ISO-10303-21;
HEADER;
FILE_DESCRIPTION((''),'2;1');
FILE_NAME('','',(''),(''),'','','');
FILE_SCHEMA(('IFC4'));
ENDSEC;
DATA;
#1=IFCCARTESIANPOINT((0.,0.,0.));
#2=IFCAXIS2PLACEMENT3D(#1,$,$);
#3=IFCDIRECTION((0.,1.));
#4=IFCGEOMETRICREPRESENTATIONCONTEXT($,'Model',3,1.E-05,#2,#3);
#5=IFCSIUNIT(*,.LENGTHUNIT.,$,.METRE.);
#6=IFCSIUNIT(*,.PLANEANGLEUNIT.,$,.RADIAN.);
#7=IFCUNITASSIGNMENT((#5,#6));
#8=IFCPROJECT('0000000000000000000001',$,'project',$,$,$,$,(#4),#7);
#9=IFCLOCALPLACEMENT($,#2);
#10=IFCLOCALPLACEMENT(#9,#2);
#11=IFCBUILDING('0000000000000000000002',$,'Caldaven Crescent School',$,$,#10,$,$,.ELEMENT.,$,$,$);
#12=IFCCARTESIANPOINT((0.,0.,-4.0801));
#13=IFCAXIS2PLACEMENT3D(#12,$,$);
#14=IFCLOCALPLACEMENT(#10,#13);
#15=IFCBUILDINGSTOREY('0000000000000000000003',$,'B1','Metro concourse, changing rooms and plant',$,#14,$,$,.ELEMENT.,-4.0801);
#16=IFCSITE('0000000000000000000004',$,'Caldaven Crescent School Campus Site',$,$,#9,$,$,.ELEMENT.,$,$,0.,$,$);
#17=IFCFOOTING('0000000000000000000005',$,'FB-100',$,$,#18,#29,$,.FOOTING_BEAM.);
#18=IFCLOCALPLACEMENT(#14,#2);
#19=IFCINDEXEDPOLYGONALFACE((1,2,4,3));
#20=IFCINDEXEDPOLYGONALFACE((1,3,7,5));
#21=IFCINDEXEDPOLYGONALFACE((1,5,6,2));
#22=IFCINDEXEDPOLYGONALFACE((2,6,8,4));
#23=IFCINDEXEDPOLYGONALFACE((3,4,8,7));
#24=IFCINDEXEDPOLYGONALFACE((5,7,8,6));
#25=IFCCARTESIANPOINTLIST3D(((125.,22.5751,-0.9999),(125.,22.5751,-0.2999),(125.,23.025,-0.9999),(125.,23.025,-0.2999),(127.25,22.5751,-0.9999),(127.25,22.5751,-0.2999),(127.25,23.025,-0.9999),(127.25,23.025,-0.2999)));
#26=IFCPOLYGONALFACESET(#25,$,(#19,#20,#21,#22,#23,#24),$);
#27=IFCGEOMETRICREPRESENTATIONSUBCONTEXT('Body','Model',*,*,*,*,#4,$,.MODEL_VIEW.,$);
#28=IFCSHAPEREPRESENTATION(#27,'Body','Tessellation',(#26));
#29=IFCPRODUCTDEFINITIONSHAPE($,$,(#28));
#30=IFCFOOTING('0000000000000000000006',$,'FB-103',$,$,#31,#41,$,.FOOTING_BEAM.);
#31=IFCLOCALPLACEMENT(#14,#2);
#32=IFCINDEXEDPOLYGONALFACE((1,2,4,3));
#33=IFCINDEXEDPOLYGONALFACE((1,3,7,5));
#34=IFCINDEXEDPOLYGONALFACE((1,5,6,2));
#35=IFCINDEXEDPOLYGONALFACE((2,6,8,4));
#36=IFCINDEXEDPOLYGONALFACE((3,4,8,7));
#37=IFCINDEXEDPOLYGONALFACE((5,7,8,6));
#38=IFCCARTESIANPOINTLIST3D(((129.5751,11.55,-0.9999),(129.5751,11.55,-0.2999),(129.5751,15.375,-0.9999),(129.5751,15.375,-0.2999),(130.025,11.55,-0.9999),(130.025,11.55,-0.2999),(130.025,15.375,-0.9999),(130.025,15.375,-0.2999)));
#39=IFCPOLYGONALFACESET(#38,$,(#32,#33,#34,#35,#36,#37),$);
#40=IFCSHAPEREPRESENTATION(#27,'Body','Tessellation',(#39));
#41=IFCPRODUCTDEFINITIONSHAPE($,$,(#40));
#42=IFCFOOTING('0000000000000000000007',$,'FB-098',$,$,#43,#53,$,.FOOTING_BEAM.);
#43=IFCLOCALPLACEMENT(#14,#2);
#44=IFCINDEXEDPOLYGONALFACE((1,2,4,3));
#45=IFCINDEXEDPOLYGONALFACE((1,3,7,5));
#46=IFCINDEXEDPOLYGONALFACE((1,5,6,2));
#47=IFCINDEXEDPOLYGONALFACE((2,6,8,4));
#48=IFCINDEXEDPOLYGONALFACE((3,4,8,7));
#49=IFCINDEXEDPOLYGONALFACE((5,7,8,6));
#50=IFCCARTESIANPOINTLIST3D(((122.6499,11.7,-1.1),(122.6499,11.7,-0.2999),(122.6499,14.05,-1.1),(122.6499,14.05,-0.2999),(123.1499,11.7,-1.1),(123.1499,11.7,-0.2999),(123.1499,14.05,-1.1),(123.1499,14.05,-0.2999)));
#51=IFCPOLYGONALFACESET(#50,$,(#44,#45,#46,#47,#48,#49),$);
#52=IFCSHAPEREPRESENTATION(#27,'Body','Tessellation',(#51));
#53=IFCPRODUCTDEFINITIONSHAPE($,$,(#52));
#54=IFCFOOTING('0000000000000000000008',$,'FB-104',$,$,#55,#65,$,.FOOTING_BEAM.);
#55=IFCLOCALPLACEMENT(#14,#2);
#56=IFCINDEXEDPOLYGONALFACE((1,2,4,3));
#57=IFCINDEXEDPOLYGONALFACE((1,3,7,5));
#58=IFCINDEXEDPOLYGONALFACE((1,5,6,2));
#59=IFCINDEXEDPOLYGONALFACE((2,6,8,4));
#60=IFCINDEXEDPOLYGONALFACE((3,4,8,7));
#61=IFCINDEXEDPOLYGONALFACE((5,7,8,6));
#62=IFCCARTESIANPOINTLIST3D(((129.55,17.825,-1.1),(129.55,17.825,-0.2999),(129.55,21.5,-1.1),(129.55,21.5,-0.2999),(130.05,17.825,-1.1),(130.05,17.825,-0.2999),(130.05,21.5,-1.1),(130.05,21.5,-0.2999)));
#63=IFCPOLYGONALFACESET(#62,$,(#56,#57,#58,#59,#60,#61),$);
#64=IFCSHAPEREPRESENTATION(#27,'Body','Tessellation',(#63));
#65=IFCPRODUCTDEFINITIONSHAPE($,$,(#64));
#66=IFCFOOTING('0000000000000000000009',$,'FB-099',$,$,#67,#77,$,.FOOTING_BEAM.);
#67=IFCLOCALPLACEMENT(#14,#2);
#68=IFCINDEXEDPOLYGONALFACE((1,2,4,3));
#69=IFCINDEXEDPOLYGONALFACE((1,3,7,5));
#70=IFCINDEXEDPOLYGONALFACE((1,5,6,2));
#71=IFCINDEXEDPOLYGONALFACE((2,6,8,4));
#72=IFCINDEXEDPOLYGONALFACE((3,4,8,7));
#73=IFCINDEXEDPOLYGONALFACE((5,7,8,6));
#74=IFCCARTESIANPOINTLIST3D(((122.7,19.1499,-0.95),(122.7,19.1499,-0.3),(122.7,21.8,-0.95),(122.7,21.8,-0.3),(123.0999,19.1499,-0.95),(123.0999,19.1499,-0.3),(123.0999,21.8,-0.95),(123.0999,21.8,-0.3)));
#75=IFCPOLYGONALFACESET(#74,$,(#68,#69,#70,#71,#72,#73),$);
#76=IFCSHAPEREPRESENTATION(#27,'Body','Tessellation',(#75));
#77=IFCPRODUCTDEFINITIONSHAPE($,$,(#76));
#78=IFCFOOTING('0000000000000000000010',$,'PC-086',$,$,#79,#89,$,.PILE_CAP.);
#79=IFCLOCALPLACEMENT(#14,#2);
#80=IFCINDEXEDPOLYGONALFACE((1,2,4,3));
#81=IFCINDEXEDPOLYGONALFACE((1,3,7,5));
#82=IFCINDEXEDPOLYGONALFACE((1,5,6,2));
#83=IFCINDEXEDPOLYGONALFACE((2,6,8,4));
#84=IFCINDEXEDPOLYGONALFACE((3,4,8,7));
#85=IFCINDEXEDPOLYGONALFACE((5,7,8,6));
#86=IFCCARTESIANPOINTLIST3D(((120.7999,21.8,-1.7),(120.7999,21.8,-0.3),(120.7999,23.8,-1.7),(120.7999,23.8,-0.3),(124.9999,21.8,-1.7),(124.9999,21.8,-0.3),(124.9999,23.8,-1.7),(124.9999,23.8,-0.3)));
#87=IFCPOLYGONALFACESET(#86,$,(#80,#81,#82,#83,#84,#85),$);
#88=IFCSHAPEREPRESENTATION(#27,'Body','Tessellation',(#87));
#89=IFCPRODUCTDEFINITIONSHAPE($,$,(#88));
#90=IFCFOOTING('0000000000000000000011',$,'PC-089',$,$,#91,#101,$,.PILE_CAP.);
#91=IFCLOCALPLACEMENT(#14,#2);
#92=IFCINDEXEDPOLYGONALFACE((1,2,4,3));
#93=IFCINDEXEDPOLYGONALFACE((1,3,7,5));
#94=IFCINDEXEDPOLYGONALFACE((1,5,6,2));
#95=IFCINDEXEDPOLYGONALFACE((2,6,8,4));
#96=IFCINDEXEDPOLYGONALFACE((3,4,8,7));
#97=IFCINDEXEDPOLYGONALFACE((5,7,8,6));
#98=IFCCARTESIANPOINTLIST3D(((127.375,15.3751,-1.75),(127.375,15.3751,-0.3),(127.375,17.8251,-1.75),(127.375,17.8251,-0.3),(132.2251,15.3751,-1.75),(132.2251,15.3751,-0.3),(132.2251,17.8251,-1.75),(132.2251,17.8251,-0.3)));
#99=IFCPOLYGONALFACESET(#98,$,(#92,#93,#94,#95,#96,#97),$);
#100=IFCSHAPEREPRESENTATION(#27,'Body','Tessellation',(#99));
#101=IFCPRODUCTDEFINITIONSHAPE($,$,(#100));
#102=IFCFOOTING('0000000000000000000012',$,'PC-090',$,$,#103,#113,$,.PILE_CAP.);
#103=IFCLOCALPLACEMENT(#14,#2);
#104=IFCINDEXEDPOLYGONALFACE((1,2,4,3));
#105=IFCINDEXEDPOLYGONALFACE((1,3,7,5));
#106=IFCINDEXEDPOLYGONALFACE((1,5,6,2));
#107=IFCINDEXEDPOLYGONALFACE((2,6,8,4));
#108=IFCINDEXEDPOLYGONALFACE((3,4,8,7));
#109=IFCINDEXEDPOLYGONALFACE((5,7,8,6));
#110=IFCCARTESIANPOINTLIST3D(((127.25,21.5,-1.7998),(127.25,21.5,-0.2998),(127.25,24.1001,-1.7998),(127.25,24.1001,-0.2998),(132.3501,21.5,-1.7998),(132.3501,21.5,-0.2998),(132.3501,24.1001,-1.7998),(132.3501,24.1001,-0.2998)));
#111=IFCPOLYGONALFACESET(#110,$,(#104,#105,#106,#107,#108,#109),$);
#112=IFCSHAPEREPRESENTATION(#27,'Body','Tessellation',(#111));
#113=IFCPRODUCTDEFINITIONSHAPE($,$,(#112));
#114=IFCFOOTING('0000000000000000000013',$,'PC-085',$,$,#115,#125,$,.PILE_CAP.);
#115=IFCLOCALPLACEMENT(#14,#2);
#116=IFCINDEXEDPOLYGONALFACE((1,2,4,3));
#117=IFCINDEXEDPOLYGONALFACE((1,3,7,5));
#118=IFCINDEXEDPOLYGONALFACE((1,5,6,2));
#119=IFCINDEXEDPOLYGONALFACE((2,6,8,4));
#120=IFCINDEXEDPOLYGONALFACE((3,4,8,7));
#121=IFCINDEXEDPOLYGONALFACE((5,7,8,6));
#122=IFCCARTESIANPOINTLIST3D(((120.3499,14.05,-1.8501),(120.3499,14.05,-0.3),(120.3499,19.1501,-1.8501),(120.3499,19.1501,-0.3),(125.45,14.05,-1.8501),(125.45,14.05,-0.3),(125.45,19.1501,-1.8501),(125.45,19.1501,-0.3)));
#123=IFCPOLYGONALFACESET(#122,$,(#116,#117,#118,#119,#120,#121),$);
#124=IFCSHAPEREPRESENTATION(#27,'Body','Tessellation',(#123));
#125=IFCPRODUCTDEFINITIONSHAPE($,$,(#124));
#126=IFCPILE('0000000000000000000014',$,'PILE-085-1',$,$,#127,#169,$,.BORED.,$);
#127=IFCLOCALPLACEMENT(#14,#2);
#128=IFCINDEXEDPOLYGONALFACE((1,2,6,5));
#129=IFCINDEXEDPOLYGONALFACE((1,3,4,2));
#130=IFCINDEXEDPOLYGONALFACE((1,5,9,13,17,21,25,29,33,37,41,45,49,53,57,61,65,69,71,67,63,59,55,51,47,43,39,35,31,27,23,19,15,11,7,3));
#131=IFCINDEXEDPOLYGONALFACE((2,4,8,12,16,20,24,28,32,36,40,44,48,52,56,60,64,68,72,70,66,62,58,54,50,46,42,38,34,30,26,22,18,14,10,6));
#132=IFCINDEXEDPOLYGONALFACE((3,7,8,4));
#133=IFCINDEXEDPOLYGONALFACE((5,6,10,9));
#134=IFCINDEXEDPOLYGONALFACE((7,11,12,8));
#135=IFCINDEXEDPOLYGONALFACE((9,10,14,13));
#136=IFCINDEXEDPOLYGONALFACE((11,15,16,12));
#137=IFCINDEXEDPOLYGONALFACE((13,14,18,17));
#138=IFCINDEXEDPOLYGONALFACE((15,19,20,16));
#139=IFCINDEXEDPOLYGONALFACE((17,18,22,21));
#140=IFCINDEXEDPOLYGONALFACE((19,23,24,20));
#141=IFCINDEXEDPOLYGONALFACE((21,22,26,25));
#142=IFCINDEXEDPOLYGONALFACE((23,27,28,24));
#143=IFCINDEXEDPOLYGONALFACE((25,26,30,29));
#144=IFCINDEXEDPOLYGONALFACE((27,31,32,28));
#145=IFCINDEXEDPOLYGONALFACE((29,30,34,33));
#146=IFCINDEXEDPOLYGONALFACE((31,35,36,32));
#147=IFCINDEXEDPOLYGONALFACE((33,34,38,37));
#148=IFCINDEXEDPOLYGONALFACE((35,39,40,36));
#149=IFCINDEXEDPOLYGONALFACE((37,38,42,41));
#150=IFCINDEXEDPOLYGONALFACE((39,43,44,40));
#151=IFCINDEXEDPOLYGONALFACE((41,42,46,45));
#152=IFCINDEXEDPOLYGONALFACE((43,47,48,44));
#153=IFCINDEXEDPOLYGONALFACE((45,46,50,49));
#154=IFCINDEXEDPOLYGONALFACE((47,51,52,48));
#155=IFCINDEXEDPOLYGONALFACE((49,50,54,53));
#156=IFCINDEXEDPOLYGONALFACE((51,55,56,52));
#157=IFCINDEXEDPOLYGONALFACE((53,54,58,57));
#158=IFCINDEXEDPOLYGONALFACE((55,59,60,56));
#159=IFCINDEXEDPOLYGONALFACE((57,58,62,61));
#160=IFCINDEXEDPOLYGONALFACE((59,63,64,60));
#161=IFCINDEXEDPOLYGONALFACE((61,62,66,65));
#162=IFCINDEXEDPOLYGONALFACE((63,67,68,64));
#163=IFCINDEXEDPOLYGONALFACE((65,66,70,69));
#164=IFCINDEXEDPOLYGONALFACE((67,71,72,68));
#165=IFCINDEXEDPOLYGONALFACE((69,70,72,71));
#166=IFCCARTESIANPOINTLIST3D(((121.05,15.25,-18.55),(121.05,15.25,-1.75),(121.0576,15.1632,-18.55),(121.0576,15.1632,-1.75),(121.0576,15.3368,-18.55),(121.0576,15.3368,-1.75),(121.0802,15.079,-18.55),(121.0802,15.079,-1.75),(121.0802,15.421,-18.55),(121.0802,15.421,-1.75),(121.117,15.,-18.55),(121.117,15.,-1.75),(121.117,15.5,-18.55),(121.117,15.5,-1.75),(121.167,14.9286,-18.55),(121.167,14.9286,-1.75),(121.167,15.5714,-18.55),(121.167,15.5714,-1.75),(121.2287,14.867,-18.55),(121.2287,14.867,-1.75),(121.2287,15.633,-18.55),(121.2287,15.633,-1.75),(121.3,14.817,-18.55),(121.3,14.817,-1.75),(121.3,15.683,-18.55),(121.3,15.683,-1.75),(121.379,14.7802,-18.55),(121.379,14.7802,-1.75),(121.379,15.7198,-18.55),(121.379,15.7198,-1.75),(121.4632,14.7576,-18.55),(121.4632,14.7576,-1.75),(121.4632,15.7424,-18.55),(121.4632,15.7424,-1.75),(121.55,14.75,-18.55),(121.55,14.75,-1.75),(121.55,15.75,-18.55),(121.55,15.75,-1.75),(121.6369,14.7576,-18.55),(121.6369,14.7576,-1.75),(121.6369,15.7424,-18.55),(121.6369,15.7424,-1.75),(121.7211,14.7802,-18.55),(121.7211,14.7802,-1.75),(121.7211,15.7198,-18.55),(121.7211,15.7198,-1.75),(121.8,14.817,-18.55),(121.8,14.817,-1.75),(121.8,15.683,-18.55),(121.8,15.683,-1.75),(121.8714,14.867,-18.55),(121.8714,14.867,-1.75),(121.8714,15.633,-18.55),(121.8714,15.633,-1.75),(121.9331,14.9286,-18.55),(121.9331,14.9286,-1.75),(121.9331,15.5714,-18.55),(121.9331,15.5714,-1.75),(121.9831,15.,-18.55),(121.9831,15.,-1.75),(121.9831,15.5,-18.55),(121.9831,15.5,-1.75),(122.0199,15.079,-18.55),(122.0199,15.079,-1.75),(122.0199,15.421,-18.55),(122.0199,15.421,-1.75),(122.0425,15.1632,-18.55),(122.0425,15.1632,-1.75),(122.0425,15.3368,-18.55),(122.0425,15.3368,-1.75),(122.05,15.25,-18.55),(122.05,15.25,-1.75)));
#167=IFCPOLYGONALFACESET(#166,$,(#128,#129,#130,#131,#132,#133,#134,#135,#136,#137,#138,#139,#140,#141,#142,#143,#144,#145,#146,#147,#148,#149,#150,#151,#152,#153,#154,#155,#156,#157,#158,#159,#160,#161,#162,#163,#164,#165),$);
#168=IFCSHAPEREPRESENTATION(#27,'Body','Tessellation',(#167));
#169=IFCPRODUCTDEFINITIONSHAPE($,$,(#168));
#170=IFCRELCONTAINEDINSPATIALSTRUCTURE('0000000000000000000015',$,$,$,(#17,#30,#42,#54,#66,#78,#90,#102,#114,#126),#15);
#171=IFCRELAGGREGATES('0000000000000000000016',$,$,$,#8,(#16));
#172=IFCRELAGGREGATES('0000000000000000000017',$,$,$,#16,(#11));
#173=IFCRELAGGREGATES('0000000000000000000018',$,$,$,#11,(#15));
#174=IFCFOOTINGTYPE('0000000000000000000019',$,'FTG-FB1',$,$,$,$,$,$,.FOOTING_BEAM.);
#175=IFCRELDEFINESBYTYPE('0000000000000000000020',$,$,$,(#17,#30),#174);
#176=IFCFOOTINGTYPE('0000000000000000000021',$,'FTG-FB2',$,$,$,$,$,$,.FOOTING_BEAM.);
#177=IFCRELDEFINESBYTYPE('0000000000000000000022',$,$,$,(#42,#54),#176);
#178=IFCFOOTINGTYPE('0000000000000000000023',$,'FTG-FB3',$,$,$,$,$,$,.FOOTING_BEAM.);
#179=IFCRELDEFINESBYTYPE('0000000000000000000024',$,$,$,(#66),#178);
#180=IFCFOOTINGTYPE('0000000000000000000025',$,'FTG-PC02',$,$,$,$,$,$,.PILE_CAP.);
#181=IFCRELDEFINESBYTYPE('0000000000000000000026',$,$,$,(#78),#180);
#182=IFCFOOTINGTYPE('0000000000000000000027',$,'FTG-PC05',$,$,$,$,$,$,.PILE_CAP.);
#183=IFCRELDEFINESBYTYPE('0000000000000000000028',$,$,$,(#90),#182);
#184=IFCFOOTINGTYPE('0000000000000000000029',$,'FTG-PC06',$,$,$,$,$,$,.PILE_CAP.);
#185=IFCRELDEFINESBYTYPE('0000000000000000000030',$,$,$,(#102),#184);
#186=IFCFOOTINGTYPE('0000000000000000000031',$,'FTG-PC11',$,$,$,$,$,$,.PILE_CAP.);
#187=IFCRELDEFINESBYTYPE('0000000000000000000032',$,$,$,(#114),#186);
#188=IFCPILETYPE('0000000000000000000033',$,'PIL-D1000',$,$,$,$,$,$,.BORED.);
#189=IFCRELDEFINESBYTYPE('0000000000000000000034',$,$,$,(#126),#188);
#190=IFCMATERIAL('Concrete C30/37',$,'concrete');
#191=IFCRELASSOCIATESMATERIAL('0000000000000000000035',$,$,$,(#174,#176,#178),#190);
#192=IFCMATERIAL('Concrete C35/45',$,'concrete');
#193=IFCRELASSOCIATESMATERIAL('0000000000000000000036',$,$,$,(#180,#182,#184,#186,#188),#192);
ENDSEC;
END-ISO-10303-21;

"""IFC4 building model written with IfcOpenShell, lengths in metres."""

from ifc_helpers import new_model, si_unit, direction, frame, origin, origin_2d, place, context, subcontext, project, spatial, rectangle, circle, extrude, material, material_profile, profile_set, type_object, element, save


model = new_model("IFC4")

# Units and contexts
model_context = context("Model", 3, precision=1e-05, world=origin(), true_north=direction((0.0, 1.0)))
body_context = subcontext(model_context, "Body", "Model", "MODEL_VIEW")
ifc_project = project(units=[si_unit("LENGTHUNIT", "METRE"), si_unit("PLANEANGLEUNIT", "RADIAN")], contexts=[model_context])

# Site, building, storey
site_placement = place(None, origin())
site = spatial("IfcSite", under=ifc_project, at=site_placement, Name="Caldaven Crescent School Campus Site", CompositionType="ELEMENT", RefElevation=0.0)
building_placement = place(site_placement, origin())
building = spatial("IfcBuilding", under=site, at=building_placement, Name="Caldaven Crescent School", CompositionType="ELEMENT")
storey_placement = place(building_placement, frame((0.0, 0.0, -4.0801)))
storey = spatial("IfcBuildingStorey", under=building, at=storey_placement, Name="B1", Description="Metro concourse, changing rooms and plant", CompositionType="ELEMENT", Elevation=-4.0801)

# Footings
ifc_material_1 = material(Name="Concrete C30/37", Category="concrete")
ifc_material_profile_1 = material_profile(ifc_material_1, rectangle(XDim=0.45, YDim=0.7, at=origin_2d()), Name="FB 450x700")
ifc_profile_set_1 = profile_set([ifc_material_profile_1], Name="Concrete C30/37")
footing_type_1 = type_object("IfcFootingType", Name="FTG-FB1", PredefinedType="FOOTING_BEAM", material=ifc_profile_set_1)
footing_1_placement = place(storey_placement, frame((125.0, 22.8, -0.6499), z_axis=(1.0, 0.0, 0.0), x_axis=(0.0, 1.0, 0.0)))
element("IfcFooting", 1, at=footing_1_placement, inside=storey, type_object=footing_type_1, Name="FB-100", PredefinedType="FOOTING_BEAM", context=body_context, shape_type="SweptSolid", body=[
    extrude(rectangle(XDim=0.45, YDim=0.7, at=origin_2d()), origin(), (0.0, 0.0, 1.0), 2.25),
])
footing_2_placement = place(storey_placement, frame((129.8, 11.55, -0.6499), z_axis=(0.0, 1.0, 0.0), x_axis=(-1.0, 0.0, 0.0)))
element("IfcFooting", 2, at=footing_2_placement, inside=storey, type_object=footing_type_1, Name="FB-103", PredefinedType="FOOTING_BEAM", context=body_context, shape_type="SweptSolid", body=[
    extrude(rectangle(XDim=0.45, YDim=0.7, at=origin_2d()), origin(), (0.0, 0.0, 1.0), 3.825),
])
ifc_material_profile_2 = material_profile(ifc_material_1, rectangle(XDim=0.5, YDim=0.8, at=origin_2d()), Name="FB 500x800")
ifc_profile_set_2 = profile_set([ifc_material_profile_2], Name="Concrete C30/37")
footing_type_2 = type_object("IfcFootingType", Name="FTG-FB2", PredefinedType="FOOTING_BEAM", material=ifc_profile_set_2)
footing_3_placement = place(storey_placement, frame((122.8999, 11.7, -0.7), z_axis=(0.0, 1.0, 0.0), x_axis=(-1.0, 0.0, 0.0)))
element("IfcFooting", 3, at=footing_3_placement, inside=storey, type_object=footing_type_2, Name="FB-098", PredefinedType="FOOTING_BEAM", context=body_context, shape_type="SweptSolid", body=[
    extrude(rectangle(XDim=0.5, YDim=0.8, at=origin_2d()), origin(), (0.0, 0.0, 1.0), 2.3501),
])
footing_4_placement = place(storey_placement, frame((129.8, 17.825, -0.7), z_axis=(0.0, 1.0, 0.0), x_axis=(-1.0, 0.0, 0.0)))
element("IfcFooting", 4, at=footing_4_placement, inside=storey, type_object=footing_type_2, Name="FB-104", PredefinedType="FOOTING_BEAM", context=body_context, shape_type="SweptSolid", body=[
    extrude(rectangle(XDim=0.5, YDim=0.8, at=origin_2d()), origin(), (0.0, 0.0, 1.0), 3.675),
])
ifc_material_profile_3 = material_profile(ifc_material_1, rectangle(XDim=0.3999, YDim=0.6499, at=origin_2d()), Name="FB 400x650")
ifc_profile_set_3 = profile_set([ifc_material_profile_3], Name="Concrete C30/37")
footing_type_3 = type_object("IfcFootingType", Name="FTG-FB3", PredefinedType="FOOTING_BEAM", material=ifc_profile_set_3)
footing_5_placement = place(storey_placement, frame((122.8999, 19.1499, -0.625), z_axis=(0.0, 1.0, 0.0), x_axis=(-1.0, 0.0, 0.0)))
element("IfcFooting", 5, at=footing_5_placement, inside=storey, type_object=footing_type_3, Name="FB-099", PredefinedType="FOOTING_BEAM", context=body_context, shape_type="SweptSolid", body=[
    extrude(rectangle(XDim=0.3999, YDim=0.6499, at=origin_2d()), origin(), (0.0, 0.0, 1.0), 2.6501),
])
ifc_material_2 = material(Name="Concrete C35/45", Category="concrete")
footing_type_4 = type_object("IfcFootingType", Name="FTG-PC02", PredefinedType="PILE_CAP", material=ifc_material_2)
footing_6_placement = place(storey_placement, frame((122.8999, 22.8, -1.7), z_axis=(0.0, 0.0, 1.0), x_axis=(1.0, 0.0, 0.0)))
element("IfcFooting", 6, at=footing_6_placement, inside=storey, type_object=footing_type_4, Name="PC-086", PredefinedType="PILE_CAP", context=body_context, shape_type="SweptSolid", body=[
    extrude(rectangle(XDim=4.2, YDim=2.0, at=origin_2d()), origin(), (0.0, 0.0, 1.0), 1.3999),
])
footing_type_5 = type_object("IfcFootingType", Name="FTG-PC05", PredefinedType="PILE_CAP", material=ifc_material_2)
footing_7_placement = place(storey_placement, frame((129.8, 16.6001, -1.75), z_axis=(0.0, 0.0, 1.0), x_axis=(1.0, 0.0, 0.0)))
element("IfcFooting", 7, at=footing_7_placement, inside=storey, type_object=footing_type_5, Name="PC-089", PredefinedType="PILE_CAP", context=body_context, shape_type="SweptSolid", body=[
    extrude(rectangle(XDim=4.8501, YDim=2.45, at=origin_2d()), origin(), (0.0, 0.0, 1.0), 1.45),
])
footing_type_6 = type_object("IfcFootingType", Name="FTG-PC06", PredefinedType="PILE_CAP", material=ifc_material_2)
footing_8_placement = place(storey_placement, frame((129.8, 22.8, -1.7998), z_axis=(0.0, 0.0, 1.0), x_axis=(1.0, 0.0, 0.0)))
element("IfcFooting", 8, at=footing_8_placement, inside=storey, type_object=footing_type_6, Name="PC-090", PredefinedType="PILE_CAP", context=body_context, shape_type="SweptSolid", body=[
    extrude(rectangle(XDim=5.1001, YDim=2.6001, at=origin_2d()), origin(), (0.0, 0.0, 1.0), 1.5),
])
footing_type_7 = type_object("IfcFootingType", Name="FTG-PC11", PredefinedType="PILE_CAP", material=ifc_material_2)
footing_9_placement = place(storey_placement, frame((122.8999, 16.6001, -1.8501), z_axis=(0.0, 0.0, 1.0), x_axis=(1.0, 0.0, 0.0)))
element("IfcFooting", 9, at=footing_9_placement, inside=storey, type_object=footing_type_7, Name="PC-085", PredefinedType="PILE_CAP", context=body_context, shape_type="SweptSolid", body=[
    extrude(rectangle(XDim=5.1001, YDim=5.1001, at=origin_2d()), origin(), (0.0, 0.0, 1.0), 1.55),
])

# Pile
ifc_material_profile_4 = material_profile(ifc_material_2, circle(Radius=0.5, at=origin_2d()), Name="PILE D1000")
ifc_profile_set_4 = profile_set([ifc_material_profile_4], Name="Concrete C35/45")
pile_type_1 = type_object("IfcPileType", Name="PIL-D1000", PredefinedType="BORED", material=ifc_profile_set_4)
for number, where, z_axis, x_axis, name in (
    (10, (121.55, 15.25, -1.75), (0.0, 0.0, -1.0), (1.0, 0.0, 0.0), "PILE-085-1"),
):
    element("IfcPile", number, at=place(storey_placement, frame(where, z_axis=z_axis, x_axis=x_axis)), inside=storey, type_object=pile_type_1, Name=name, PredefinedType="BORED", context=body_context, shape_type="SweptSolid", body=[
        extrude(circle(Radius=0.5, at=origin_2d()), origin(), (0.0, 0.0, 1.0), 16.8),
    ])

save(model, "model.ifc")
